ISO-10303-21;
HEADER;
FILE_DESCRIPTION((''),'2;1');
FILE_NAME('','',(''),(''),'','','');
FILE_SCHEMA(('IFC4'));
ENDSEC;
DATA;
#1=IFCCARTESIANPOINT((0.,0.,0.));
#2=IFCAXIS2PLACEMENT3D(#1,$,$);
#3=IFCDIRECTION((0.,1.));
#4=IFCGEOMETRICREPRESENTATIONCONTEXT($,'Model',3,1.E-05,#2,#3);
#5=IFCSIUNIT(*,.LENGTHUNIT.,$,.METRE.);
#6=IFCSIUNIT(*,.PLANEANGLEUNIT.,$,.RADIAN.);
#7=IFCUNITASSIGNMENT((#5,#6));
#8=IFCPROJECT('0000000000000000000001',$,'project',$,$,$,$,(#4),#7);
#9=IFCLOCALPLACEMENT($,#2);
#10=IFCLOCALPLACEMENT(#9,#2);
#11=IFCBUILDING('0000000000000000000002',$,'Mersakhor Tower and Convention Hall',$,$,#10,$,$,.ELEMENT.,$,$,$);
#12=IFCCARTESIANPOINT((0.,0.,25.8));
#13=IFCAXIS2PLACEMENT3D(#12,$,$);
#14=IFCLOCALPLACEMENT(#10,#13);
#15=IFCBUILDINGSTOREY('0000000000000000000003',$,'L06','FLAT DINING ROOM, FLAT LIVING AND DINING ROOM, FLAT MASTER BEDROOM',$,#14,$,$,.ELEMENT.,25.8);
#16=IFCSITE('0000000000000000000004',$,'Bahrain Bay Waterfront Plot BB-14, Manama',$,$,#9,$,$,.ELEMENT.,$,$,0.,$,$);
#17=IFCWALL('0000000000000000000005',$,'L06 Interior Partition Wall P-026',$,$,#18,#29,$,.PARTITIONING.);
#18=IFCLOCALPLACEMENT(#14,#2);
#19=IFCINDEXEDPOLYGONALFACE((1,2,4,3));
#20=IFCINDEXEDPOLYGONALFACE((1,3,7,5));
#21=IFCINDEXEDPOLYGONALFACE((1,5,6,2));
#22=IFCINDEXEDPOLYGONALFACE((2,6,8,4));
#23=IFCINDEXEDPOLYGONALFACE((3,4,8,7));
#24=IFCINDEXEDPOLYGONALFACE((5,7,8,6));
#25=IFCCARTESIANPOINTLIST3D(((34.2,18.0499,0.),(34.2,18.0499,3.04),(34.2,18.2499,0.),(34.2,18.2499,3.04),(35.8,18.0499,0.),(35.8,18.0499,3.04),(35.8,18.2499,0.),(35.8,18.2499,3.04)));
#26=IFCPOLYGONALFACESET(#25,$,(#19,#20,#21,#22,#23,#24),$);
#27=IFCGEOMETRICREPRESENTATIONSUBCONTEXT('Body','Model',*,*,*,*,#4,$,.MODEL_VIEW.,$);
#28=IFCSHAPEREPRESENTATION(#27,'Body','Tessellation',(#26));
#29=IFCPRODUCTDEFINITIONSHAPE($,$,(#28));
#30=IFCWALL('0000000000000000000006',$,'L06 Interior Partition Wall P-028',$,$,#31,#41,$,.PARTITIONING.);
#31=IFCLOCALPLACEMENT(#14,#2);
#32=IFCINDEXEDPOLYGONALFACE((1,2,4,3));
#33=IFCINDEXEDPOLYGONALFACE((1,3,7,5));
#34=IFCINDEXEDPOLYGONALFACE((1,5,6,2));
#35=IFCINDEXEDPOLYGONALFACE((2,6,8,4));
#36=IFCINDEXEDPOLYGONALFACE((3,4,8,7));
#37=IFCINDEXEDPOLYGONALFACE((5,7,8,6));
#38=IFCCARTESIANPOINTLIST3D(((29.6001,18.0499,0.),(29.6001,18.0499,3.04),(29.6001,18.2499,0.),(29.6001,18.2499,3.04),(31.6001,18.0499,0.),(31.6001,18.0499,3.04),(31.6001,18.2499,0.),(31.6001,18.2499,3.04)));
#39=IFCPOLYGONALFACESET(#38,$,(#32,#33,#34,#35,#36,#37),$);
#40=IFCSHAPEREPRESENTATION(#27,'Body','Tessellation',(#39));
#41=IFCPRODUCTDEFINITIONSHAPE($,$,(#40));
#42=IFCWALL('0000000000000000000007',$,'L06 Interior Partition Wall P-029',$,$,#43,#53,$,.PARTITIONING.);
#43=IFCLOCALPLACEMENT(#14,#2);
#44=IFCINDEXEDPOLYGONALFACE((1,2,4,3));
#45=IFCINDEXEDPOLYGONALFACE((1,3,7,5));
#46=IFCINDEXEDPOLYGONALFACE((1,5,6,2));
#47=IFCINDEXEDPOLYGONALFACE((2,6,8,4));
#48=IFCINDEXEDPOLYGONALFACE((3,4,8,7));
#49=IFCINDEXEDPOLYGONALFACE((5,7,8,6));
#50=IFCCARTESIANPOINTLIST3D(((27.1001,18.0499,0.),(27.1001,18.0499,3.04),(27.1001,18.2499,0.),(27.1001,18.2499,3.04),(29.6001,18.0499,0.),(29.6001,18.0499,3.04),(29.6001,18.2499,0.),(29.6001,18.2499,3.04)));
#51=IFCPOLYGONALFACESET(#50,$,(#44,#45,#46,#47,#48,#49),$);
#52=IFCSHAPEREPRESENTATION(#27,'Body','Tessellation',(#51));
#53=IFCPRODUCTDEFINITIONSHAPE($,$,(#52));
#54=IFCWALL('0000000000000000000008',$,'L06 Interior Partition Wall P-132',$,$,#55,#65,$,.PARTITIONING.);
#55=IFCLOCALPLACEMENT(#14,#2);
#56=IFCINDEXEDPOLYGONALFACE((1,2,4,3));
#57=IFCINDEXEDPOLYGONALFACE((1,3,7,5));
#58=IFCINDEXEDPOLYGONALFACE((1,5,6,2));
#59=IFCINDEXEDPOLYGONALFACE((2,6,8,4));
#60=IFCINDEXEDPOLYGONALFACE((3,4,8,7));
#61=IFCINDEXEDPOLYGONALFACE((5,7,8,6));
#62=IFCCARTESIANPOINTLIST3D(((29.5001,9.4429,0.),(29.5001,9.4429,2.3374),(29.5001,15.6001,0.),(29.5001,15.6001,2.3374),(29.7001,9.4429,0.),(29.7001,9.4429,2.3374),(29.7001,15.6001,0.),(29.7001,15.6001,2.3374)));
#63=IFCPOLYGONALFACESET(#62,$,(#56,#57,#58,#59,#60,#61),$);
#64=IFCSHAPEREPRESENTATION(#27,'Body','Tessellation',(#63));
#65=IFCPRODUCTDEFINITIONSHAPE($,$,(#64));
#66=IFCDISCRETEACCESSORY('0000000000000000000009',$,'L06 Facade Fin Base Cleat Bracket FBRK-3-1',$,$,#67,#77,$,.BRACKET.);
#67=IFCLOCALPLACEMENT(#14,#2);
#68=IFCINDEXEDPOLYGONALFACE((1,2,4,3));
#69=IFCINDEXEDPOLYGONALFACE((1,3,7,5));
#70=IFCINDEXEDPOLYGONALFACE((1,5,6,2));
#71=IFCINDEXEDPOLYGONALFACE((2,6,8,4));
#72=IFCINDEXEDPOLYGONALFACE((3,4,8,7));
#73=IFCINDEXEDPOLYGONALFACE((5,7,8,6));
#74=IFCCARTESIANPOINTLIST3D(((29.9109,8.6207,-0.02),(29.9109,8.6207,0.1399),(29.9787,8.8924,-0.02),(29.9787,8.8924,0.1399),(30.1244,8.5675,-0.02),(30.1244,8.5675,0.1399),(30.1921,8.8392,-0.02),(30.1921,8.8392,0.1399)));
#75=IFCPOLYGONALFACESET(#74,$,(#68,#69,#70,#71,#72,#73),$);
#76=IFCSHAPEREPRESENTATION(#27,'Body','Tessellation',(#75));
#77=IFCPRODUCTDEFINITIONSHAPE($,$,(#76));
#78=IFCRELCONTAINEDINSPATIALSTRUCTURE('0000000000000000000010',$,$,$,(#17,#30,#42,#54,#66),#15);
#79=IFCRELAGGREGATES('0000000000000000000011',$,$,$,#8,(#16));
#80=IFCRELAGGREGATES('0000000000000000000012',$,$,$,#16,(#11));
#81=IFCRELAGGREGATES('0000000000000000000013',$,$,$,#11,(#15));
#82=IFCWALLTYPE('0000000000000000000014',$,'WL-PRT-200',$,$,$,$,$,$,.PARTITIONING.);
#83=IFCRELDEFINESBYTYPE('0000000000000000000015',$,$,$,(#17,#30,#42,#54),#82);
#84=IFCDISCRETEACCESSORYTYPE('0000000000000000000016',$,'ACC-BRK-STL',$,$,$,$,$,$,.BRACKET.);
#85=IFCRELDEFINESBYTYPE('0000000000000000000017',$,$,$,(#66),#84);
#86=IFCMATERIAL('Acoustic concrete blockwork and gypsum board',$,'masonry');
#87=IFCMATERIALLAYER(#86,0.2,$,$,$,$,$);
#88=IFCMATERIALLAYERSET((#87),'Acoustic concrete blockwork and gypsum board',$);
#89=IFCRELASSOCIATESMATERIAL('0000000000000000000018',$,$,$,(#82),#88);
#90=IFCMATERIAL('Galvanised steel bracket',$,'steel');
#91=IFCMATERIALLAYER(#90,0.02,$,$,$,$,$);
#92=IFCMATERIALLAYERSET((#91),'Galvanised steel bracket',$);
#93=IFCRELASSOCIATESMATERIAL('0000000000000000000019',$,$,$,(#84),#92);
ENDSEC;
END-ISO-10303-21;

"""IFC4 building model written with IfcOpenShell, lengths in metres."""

from ifc_helpers import new_model, si_unit, direction, frame, frame_2d, origin, origin_2d, place, context, subcontext, project, spatial, rectangle, extrude, material, layer, layer_set, type_object, element, save


model = new_model("IFC4")

# Units and contexts
model_context = context("Model", 3, precision=1e-05, world=origin(), true_north=direction((0.0, 1.0)))
body_context = subcontext(model_context, "Body", "Model", "MODEL_VIEW")
ifc_project = project(units=[si_unit("LENGTHUNIT", "METRE"), si_unit("PLANEANGLEUNIT", "RADIAN")], contexts=[model_context])

# Site, building, storey
site_placement = place(None, origin())
site = spatial("IfcSite", under=ifc_project, at=site_placement, Name="Bahrain Bay Waterfront Plot BB-14, Manama", CompositionType="ELEMENT", RefElevation=0.0)
building_placement = place(site_placement, origin())
building = spatial("IfcBuilding", under=site, at=building_placement, Name="Mersakhor Tower and Convention Hall", CompositionType="ELEMENT")
storey_placement = place(building_placement, frame((0.0, 0.0, 25.8)))
storey = spatial("IfcBuildingStorey", under=building, at=storey_placement, Name="L06", Description="FLAT DINING ROOM, FLAT LIVING AND DINING ROOM, FLAT MASTER BEDROOM", CompositionType="ELEMENT", Elevation=25.8)

# Wall
ifc_material_1 = material(Name="Acoustic concrete blockwork and gypsum board", Category="masonry")
ifc_layer_1 = layer(ifc_material_1, 0.2)
ifc_layer_set_1 = layer_set([ifc_layer_1], Name="Acoustic concrete blockwork and gypsum board")
wall_type_1 = type_object("IfcWallType", Name="WL-PRT-200", PredefinedType="PARTITIONING", material=ifc_layer_set_1)
wall_1_placement = place(storey_placement, frame((35.8, 18.1499, 0.0), z_axis=(0.0, 0.0, 1.0), x_axis=(-1.0, 0.0, 0.0)))
element("IfcWall", 1, at=wall_1_placement, inside=storey, type_object=wall_type_1, Name="L06 Interior Partition Wall P-026", PredefinedType="PARTITIONING", context=body_context, shape_type="SweptSolid", body=[
    extrude(rectangle(XDim=1.6001, YDim=0.2, at=frame_2d((0.8, 0.0))), origin(), (0.0, 0.0, 1.0), 3.04),
])

# Walls
wall_2_placement = place(storey_placement, frame((31.6001, 18.1499, 0.0), z_axis=(0.0, 0.0, 1.0), x_axis=(-1.0, 0.0, 0.0)))
element("IfcWall", 2, at=wall_2_placement, inside=storey, type_object=wall_type_1, Name="L06 Interior Partition Wall P-028", PredefinedType="PARTITIONING", context=body_context, shape_type="SweptSolid", body=[
    extrude(rectangle(XDim=2.0, YDim=0.2, at=frame_2d((1.0, 0.0))), origin(), (0.0, 0.0, 1.0), 3.04),
])
wall_3_placement = place(storey_placement, frame((29.6001, 18.1499, 0.0), z_axis=(0.0, 0.0, 1.0), x_axis=(-1.0, 0.0, 0.0)))
element("IfcWall", 3, at=wall_3_placement, inside=storey, type_object=wall_type_1, Name="L06 Interior Partition Wall P-029", PredefinedType="PARTITIONING", context=body_context, shape_type="SweptSolid", body=[
    extrude(rectangle(XDim=2.5, YDim=0.2, at=frame_2d((1.25, 0.0))), origin(), (0.0, 0.0, 1.0), 3.04),
])
wall_4_placement = place(storey_placement, frame((29.6001, 15.6001, 0.0), z_axis=(0.0, 0.0, 1.0), x_axis=(0.0, -1.0, 0.0)))
element("IfcWall", 4, at=wall_4_placement, inside=storey, type_object=wall_type_1, Name="L06 Interior Partition Wall P-132", PredefinedType="PARTITIONING", context=body_context, shape_type="SweptSolid", body=[
    extrude(rectangle(XDim=6.1572, YDim=0.2, at=frame_2d((3.0786, 0.0))), origin(), (0.0, 0.0, 1.0), 2.3374),
])

# Discrete accessory
ifc_material_2 = material(Name="Galvanised steel bracket", Category="steel")
ifc_layer_2 = layer(ifc_material_2, 0.02)
ifc_layer_set_2 = layer_set([ifc_layer_2], Name="Galvanised steel bracket")
discrete_accessory_type = type_object("IfcDiscreteAccessoryType", Name="ACC-BRK-STL", PredefinedType="BRACKET", material=ifc_layer_set_2)
discrete_accessory_placement = place(storey_placement, frame((30.0515, 8.73, -0.02), z_axis=(0.0, 0.0, 1.0), x_axis=(-0.241922, -0.970296, 0.0)))
element("IfcDiscreteAccessory", 5, at=discrete_accessory_placement, inside=storey, type_object=discrete_accessory_type, Name="L06 Facade Fin Base Cleat Bracket FBRK-3-1", PredefinedType="BRACKET", context=body_context, shape_type="SweptSolid", body=[
    extrude(rectangle(XDim=0.28, YDim=0.22, at=origin_2d()), origin(), (0.0, 0.0, 1.0), 0.1599),
])

save(model, "model.ifc")
